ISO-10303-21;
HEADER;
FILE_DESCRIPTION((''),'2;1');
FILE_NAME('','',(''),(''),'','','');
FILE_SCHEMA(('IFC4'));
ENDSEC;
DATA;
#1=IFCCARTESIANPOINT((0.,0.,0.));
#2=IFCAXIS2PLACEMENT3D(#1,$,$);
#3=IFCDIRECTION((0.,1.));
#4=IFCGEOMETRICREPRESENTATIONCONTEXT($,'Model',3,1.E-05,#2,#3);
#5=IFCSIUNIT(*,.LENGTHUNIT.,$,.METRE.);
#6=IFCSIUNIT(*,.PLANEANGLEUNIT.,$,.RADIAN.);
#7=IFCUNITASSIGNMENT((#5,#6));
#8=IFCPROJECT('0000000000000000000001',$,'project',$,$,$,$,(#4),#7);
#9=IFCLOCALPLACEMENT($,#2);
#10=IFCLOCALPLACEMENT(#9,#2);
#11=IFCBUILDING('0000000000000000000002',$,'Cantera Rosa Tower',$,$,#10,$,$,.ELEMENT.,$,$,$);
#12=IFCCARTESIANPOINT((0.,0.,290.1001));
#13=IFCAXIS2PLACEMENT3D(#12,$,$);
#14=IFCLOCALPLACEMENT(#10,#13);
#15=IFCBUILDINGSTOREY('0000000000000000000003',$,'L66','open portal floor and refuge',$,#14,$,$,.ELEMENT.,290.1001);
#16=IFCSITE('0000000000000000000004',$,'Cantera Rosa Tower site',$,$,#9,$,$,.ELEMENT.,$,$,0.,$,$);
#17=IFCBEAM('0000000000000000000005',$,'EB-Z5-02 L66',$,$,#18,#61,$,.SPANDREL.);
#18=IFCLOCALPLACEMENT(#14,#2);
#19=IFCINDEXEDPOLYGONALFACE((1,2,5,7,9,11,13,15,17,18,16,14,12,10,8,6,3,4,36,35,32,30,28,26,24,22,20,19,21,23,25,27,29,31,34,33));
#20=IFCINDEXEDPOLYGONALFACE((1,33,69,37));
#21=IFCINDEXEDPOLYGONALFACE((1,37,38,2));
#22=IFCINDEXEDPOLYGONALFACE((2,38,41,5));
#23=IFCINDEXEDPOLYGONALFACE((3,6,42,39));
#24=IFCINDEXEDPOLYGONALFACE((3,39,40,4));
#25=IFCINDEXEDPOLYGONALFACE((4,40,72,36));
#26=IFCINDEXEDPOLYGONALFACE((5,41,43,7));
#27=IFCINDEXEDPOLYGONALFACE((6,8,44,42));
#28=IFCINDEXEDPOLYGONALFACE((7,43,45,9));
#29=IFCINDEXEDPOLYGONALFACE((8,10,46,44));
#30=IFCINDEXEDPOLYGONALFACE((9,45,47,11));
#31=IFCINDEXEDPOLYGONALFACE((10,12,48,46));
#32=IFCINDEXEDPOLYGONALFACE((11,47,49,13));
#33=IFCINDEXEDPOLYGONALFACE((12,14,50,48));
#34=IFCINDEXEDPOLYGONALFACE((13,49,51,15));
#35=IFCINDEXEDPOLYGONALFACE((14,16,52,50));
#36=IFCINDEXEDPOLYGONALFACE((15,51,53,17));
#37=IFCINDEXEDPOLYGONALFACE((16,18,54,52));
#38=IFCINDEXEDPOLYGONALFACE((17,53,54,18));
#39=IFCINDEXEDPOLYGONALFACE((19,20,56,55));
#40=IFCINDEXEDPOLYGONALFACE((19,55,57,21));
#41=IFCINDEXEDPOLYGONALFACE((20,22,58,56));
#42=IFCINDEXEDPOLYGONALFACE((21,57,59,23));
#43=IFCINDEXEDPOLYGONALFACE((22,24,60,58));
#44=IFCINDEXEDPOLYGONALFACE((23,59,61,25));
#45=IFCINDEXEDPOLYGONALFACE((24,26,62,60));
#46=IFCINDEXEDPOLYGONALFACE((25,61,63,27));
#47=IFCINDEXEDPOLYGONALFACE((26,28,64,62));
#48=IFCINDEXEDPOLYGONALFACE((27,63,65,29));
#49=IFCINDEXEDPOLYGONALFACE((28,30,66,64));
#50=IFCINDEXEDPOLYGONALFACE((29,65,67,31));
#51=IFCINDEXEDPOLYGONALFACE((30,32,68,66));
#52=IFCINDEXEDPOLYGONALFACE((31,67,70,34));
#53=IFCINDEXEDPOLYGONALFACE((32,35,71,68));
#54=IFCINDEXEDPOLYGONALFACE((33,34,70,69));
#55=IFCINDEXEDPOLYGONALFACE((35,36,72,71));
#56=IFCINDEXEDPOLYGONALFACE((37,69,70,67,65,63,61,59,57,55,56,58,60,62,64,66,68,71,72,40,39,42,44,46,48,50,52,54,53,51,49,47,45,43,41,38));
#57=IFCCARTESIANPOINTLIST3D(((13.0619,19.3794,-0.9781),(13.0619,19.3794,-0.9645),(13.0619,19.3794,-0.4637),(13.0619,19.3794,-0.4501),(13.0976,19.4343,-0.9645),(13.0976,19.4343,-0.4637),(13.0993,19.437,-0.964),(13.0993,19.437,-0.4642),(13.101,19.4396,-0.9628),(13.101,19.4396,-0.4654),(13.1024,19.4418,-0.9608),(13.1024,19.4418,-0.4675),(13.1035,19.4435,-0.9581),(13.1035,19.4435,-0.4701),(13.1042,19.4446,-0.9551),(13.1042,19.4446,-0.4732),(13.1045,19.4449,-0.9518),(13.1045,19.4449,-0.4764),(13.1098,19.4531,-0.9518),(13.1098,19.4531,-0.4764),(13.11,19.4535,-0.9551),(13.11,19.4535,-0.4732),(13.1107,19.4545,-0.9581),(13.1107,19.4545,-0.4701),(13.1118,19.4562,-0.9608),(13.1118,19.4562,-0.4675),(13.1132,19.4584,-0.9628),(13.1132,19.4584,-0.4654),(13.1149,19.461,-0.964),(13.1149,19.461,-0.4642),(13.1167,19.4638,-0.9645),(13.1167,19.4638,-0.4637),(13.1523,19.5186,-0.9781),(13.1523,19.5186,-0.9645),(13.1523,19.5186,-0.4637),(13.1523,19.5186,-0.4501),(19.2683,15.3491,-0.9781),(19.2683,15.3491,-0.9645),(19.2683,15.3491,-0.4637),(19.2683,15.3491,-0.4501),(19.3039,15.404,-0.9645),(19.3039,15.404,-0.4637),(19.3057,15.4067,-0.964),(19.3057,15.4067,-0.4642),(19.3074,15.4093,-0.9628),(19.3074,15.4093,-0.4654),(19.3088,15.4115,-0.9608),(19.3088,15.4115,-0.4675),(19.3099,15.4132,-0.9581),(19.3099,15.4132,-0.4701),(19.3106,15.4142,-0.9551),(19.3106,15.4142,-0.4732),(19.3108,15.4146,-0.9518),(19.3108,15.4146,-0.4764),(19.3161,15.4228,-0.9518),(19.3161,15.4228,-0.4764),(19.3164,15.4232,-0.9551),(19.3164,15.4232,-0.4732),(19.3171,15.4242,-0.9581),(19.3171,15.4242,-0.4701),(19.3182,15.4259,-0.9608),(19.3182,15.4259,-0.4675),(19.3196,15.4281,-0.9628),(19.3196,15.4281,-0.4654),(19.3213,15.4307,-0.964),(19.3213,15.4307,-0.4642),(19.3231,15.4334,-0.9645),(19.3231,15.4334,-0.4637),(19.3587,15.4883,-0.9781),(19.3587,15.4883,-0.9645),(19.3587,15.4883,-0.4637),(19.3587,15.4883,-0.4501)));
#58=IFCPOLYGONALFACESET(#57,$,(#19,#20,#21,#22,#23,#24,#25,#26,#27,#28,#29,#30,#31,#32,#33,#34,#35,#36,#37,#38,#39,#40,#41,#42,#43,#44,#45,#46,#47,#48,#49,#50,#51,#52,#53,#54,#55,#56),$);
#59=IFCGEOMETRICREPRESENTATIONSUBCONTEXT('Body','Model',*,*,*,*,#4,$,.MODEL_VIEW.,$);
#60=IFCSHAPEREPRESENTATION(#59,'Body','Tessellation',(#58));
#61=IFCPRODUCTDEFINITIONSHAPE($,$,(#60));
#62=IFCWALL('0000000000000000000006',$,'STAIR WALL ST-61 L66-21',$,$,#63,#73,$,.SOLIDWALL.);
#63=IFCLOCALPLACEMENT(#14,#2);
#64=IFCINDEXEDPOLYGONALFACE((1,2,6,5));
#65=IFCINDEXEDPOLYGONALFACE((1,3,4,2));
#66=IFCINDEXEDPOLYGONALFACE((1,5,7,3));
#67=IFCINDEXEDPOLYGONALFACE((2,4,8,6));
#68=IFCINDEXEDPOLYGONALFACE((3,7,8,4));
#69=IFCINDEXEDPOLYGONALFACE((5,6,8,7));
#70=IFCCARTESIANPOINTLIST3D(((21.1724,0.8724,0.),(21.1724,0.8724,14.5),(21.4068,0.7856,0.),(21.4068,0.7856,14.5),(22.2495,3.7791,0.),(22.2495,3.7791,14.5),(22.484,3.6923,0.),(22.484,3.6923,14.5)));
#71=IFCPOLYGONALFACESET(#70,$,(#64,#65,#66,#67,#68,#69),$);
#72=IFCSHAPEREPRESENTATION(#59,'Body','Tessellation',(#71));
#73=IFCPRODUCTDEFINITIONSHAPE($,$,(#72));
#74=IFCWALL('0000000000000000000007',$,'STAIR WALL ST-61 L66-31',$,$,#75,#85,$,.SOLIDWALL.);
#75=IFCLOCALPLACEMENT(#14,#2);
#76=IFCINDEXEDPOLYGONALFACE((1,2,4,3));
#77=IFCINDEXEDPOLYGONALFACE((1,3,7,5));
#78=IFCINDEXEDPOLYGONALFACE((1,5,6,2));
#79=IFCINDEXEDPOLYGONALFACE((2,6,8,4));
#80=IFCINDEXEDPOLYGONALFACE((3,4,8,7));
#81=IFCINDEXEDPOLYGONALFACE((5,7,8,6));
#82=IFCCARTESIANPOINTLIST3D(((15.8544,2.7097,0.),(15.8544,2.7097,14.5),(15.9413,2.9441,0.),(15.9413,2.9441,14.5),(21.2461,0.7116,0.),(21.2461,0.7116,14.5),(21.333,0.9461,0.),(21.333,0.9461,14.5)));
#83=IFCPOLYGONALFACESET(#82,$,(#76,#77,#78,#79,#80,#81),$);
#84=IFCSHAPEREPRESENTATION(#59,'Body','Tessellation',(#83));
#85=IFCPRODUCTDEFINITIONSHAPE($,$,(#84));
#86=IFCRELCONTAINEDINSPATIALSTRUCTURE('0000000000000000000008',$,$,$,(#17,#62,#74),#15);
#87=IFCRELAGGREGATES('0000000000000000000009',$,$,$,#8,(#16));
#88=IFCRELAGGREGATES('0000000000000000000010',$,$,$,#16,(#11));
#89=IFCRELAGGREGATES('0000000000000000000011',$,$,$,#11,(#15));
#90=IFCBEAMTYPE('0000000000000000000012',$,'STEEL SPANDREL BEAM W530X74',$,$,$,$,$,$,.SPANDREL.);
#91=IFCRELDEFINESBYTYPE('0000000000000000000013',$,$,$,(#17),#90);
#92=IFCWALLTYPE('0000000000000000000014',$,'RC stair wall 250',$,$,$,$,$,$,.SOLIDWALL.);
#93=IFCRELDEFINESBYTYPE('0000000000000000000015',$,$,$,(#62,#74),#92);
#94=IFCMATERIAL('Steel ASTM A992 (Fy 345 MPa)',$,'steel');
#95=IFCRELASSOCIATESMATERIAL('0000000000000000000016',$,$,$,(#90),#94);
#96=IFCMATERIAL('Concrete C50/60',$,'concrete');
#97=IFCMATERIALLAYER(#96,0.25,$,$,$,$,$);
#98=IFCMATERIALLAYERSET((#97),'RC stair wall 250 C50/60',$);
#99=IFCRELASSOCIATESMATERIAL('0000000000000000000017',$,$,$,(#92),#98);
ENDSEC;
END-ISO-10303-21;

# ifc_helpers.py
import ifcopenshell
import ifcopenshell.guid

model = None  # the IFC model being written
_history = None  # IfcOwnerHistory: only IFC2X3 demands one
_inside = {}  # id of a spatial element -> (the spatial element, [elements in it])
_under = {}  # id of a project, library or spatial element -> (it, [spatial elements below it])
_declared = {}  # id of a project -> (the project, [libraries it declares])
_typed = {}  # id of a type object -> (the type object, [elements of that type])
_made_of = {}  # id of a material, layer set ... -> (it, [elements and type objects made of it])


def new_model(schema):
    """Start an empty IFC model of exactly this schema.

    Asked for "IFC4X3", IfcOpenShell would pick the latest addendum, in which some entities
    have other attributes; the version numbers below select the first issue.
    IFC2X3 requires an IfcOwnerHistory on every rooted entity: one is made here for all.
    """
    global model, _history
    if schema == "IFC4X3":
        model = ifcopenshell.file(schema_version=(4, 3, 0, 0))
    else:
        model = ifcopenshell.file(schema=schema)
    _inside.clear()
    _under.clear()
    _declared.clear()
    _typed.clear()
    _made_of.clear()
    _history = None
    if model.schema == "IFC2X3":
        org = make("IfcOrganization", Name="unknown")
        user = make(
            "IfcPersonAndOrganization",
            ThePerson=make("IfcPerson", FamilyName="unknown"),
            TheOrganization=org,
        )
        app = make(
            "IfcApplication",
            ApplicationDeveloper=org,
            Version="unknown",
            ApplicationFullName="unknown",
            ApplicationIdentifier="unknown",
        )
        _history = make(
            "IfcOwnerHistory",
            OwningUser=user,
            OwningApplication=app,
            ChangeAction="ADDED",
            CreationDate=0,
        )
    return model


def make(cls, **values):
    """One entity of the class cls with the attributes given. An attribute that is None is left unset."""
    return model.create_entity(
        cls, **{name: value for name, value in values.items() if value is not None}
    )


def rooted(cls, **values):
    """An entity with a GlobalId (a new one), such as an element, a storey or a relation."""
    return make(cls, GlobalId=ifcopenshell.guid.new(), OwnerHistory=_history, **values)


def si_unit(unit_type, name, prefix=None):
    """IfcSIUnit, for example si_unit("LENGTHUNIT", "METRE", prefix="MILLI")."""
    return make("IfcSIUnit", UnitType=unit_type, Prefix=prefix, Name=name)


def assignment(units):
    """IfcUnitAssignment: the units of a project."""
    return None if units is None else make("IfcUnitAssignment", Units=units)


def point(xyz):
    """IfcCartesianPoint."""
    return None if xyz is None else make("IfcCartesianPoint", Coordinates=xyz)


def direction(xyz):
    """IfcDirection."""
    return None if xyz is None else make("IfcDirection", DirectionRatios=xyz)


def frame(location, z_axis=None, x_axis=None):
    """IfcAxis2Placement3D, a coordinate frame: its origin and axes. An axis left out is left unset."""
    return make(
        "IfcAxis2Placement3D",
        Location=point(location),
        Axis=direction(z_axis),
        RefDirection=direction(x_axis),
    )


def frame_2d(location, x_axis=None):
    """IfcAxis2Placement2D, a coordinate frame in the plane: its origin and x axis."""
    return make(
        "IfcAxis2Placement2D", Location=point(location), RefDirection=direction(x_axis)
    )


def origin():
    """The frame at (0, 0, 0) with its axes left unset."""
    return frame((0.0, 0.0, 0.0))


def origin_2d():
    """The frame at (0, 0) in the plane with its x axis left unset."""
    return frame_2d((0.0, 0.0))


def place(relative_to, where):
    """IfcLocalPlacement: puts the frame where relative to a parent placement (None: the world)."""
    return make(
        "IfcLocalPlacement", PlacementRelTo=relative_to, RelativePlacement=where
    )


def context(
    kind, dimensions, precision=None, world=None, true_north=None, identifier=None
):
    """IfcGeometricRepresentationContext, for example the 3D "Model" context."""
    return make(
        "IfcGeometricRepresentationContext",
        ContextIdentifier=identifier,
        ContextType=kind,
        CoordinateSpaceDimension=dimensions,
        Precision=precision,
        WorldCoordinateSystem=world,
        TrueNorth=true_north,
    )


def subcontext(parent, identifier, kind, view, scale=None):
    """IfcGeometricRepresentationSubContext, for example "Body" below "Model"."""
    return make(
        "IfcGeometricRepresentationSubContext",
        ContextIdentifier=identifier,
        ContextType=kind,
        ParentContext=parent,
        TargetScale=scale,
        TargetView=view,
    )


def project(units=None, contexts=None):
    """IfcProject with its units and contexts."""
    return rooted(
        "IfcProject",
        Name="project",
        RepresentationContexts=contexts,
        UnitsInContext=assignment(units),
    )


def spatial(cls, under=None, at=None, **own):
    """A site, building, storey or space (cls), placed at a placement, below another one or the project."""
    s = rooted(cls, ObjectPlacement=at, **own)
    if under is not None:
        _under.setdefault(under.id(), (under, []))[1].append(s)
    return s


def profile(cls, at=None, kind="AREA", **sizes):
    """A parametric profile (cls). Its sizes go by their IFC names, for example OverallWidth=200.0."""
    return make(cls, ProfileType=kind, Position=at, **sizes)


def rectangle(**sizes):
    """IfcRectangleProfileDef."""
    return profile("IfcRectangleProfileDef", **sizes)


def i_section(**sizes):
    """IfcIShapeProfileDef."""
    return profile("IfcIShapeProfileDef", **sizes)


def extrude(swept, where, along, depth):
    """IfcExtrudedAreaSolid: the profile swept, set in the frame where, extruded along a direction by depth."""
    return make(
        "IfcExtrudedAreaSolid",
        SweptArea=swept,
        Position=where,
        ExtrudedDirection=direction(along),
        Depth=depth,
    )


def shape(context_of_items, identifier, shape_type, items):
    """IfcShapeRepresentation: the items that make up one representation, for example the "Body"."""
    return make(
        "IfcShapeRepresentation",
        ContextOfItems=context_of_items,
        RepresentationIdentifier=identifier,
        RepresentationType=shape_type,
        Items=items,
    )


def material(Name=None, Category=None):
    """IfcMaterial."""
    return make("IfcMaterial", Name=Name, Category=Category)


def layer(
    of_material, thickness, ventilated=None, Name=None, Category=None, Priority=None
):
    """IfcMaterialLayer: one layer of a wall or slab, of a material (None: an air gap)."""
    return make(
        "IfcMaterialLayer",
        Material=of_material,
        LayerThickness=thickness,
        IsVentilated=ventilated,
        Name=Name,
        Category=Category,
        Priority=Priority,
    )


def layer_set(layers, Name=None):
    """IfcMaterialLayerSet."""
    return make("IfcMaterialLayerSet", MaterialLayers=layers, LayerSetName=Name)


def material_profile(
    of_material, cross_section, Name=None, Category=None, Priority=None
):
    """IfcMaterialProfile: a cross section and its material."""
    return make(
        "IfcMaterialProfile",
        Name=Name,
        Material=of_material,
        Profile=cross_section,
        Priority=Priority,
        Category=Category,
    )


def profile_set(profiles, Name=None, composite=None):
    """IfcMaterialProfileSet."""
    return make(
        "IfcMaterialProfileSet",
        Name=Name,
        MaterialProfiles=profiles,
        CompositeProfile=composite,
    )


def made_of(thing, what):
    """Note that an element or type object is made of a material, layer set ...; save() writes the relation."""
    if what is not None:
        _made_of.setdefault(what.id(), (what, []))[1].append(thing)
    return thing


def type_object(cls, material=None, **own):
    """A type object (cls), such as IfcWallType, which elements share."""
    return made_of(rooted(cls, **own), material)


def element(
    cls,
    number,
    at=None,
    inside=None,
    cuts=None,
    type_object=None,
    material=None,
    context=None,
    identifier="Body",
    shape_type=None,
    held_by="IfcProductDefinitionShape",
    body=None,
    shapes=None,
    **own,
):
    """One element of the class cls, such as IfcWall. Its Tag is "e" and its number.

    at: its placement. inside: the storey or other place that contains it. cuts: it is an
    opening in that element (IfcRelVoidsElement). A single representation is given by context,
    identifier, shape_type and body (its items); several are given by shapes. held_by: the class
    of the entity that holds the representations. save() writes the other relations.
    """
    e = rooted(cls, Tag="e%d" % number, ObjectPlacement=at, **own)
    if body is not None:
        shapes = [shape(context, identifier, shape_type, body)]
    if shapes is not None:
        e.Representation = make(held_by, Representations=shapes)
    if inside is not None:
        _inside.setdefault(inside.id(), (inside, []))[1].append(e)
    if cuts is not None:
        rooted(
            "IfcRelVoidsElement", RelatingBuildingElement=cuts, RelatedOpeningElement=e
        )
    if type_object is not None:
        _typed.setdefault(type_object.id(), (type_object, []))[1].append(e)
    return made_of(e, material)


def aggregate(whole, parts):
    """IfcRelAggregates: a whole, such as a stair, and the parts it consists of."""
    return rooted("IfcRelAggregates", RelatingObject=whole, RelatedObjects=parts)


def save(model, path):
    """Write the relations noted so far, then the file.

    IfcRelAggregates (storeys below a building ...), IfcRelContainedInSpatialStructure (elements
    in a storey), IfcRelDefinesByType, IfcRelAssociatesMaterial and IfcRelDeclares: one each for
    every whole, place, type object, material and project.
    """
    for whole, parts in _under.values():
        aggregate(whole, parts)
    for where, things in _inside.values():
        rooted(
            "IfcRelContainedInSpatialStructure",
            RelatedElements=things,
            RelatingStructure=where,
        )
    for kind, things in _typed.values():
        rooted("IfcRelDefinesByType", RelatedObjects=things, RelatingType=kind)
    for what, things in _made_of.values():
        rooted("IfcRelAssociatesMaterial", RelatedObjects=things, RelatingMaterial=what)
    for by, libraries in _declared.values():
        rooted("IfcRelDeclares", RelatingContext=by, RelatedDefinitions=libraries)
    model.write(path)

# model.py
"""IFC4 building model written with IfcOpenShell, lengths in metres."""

from ifc_helpers import new_model, si_unit, direction, frame, frame_2d, origin, origin_2d, place, context, subcontext, project, spatial, rectangle, i_section, extrude, material, layer, layer_set, material_profile, profile_set, type_object, element, save


model = new_model("IFC4")

# Units and contexts
model_context = context("Model", 3, precision=1e-05, world=origin(), true_north=direction((0.0, 1.0)))
body_context = subcontext(model_context, "Body", "Model", "MODEL_VIEW")
ifc_project = project(units=[si_unit("LENGTHUNIT", "METRE"), si_unit("PLANEANGLEUNIT", "RADIAN")], contexts=[model_context])

# Site, building, storey
site_placement = place(None, origin())
site = spatial("IfcSite", under=ifc_project, at=site_placement, Name="Cantera Rosa Tower site", CompositionType="ELEMENT", RefElevation=0.0)
building_placement = place(site_placement, origin())
building = spatial("IfcBuilding", under=site, at=building_placement, Name="Cantera Rosa Tower", CompositionType="ELEMENT")
storey_placement = place(building_placement, frame((0.0, 0.0, 290.1001)))
storey = spatial("IfcBuildingStorey", under=building, at=storey_placement, Name="L66", Description="open portal floor and refuge", CompositionType="ELEMENT", Elevation=290.1001)

# Beam
ifc_material_1 = material(Name="Steel ASTM A992 (Fy 345 MPa)", Category="steel")
ifc_material_profile_1 = material_profile(ifc_material_1, i_section(OverallWidth=0.166, OverallDepth=0.5281, WebThickness=0.0098, FlangeThickness=0.0137, FilletRadius=0.0127, at=origin_2d()), Name="W530X74")
ifc_profile_set_1 = profile_set([ifc_material_profile_1], Name="Steel ASTM A992 (Fy 345 MPa)")
beam_type_1 = type_object("IfcBeamType", Name="STEEL SPANDREL BEAM W530X74", PredefinedType="SPANDREL", material=ifc_profile_set_1)
beam_1_placement = place(storey_placement, frame((19.3135, 15.4187, -0.7141), z_axis=(-0.838679, 0.544625, 0.0), x_axis=(-0.544625, -0.838679, 0.0)))
element("IfcBeam", 1, at=beam_1_placement, inside=storey, type_object=beam_type_1, Name="EB-Z5-02 L66", PredefinedType="SPANDREL", context=body_context, shape_type="SweptSolid", body=[
    extrude(i_section(OverallWidth=0.166, OverallDepth=0.5281, WebThickness=0.0098, FlangeThickness=0.0137, FilletRadius=0.0127, at=origin_2d()), origin(), (0.0, 0.0, 1.0), 7.4001),
])

# Walls
ifc_material_2 = material(Name="Concrete C50/60", Category="concrete")
ifc_layer = layer(ifc_material_2, 0.25)
ifc_layer_set = layer_set([ifc_layer], Name="RC stair wall 250 C50/60")
wall_type = type_object("IfcWallType", Name="RC stair wall 250", PredefinedType="SOLIDWALL", material=ifc_layer_set)
wall_1_placement = place(storey_placement, frame((22.3667, 3.7356, 0.0), z_axis=(0.0, 0.0, 1.0), x_axis=(-0.347479, -0.937688, 0.0)))
element("IfcWall", 2, at=wall_1_placement, inside=storey, type_object=wall_type, Name="STAIR WALL ST-61 L66-21", PredefinedType="SOLIDWALL", context=body_context, shape_type="SweptSolid", body=[
    extrude(rectangle(XDim=3.0999, YDim=0.25, at=frame_2d((1.5498, 0.0))), origin(), (0.0, 0.0, 1.0), 14.5),
])
wall_2_placement = place(storey_placement, frame((21.2896, 0.8289, 0.0), z_axis=(0.0, 0.0, 1.0), x_axis=(-0.937683, 0.347491, 0.0)))
element("IfcWall", 3, at=wall_2_placement, inside=storey, type_object=wall_type, Name="STAIR WALL ST-61 L66-31", PredefinedType="SOLIDWALL", context=body_context, shape_type="SweptSolid", body=[
    extrude(rectangle(XDim=5.75, YDim=0.25, at=frame_2d((2.875, 0.0))), origin(), (0.0, 0.0, 1.0), 14.5),
])

save(model, "model.ifc")
